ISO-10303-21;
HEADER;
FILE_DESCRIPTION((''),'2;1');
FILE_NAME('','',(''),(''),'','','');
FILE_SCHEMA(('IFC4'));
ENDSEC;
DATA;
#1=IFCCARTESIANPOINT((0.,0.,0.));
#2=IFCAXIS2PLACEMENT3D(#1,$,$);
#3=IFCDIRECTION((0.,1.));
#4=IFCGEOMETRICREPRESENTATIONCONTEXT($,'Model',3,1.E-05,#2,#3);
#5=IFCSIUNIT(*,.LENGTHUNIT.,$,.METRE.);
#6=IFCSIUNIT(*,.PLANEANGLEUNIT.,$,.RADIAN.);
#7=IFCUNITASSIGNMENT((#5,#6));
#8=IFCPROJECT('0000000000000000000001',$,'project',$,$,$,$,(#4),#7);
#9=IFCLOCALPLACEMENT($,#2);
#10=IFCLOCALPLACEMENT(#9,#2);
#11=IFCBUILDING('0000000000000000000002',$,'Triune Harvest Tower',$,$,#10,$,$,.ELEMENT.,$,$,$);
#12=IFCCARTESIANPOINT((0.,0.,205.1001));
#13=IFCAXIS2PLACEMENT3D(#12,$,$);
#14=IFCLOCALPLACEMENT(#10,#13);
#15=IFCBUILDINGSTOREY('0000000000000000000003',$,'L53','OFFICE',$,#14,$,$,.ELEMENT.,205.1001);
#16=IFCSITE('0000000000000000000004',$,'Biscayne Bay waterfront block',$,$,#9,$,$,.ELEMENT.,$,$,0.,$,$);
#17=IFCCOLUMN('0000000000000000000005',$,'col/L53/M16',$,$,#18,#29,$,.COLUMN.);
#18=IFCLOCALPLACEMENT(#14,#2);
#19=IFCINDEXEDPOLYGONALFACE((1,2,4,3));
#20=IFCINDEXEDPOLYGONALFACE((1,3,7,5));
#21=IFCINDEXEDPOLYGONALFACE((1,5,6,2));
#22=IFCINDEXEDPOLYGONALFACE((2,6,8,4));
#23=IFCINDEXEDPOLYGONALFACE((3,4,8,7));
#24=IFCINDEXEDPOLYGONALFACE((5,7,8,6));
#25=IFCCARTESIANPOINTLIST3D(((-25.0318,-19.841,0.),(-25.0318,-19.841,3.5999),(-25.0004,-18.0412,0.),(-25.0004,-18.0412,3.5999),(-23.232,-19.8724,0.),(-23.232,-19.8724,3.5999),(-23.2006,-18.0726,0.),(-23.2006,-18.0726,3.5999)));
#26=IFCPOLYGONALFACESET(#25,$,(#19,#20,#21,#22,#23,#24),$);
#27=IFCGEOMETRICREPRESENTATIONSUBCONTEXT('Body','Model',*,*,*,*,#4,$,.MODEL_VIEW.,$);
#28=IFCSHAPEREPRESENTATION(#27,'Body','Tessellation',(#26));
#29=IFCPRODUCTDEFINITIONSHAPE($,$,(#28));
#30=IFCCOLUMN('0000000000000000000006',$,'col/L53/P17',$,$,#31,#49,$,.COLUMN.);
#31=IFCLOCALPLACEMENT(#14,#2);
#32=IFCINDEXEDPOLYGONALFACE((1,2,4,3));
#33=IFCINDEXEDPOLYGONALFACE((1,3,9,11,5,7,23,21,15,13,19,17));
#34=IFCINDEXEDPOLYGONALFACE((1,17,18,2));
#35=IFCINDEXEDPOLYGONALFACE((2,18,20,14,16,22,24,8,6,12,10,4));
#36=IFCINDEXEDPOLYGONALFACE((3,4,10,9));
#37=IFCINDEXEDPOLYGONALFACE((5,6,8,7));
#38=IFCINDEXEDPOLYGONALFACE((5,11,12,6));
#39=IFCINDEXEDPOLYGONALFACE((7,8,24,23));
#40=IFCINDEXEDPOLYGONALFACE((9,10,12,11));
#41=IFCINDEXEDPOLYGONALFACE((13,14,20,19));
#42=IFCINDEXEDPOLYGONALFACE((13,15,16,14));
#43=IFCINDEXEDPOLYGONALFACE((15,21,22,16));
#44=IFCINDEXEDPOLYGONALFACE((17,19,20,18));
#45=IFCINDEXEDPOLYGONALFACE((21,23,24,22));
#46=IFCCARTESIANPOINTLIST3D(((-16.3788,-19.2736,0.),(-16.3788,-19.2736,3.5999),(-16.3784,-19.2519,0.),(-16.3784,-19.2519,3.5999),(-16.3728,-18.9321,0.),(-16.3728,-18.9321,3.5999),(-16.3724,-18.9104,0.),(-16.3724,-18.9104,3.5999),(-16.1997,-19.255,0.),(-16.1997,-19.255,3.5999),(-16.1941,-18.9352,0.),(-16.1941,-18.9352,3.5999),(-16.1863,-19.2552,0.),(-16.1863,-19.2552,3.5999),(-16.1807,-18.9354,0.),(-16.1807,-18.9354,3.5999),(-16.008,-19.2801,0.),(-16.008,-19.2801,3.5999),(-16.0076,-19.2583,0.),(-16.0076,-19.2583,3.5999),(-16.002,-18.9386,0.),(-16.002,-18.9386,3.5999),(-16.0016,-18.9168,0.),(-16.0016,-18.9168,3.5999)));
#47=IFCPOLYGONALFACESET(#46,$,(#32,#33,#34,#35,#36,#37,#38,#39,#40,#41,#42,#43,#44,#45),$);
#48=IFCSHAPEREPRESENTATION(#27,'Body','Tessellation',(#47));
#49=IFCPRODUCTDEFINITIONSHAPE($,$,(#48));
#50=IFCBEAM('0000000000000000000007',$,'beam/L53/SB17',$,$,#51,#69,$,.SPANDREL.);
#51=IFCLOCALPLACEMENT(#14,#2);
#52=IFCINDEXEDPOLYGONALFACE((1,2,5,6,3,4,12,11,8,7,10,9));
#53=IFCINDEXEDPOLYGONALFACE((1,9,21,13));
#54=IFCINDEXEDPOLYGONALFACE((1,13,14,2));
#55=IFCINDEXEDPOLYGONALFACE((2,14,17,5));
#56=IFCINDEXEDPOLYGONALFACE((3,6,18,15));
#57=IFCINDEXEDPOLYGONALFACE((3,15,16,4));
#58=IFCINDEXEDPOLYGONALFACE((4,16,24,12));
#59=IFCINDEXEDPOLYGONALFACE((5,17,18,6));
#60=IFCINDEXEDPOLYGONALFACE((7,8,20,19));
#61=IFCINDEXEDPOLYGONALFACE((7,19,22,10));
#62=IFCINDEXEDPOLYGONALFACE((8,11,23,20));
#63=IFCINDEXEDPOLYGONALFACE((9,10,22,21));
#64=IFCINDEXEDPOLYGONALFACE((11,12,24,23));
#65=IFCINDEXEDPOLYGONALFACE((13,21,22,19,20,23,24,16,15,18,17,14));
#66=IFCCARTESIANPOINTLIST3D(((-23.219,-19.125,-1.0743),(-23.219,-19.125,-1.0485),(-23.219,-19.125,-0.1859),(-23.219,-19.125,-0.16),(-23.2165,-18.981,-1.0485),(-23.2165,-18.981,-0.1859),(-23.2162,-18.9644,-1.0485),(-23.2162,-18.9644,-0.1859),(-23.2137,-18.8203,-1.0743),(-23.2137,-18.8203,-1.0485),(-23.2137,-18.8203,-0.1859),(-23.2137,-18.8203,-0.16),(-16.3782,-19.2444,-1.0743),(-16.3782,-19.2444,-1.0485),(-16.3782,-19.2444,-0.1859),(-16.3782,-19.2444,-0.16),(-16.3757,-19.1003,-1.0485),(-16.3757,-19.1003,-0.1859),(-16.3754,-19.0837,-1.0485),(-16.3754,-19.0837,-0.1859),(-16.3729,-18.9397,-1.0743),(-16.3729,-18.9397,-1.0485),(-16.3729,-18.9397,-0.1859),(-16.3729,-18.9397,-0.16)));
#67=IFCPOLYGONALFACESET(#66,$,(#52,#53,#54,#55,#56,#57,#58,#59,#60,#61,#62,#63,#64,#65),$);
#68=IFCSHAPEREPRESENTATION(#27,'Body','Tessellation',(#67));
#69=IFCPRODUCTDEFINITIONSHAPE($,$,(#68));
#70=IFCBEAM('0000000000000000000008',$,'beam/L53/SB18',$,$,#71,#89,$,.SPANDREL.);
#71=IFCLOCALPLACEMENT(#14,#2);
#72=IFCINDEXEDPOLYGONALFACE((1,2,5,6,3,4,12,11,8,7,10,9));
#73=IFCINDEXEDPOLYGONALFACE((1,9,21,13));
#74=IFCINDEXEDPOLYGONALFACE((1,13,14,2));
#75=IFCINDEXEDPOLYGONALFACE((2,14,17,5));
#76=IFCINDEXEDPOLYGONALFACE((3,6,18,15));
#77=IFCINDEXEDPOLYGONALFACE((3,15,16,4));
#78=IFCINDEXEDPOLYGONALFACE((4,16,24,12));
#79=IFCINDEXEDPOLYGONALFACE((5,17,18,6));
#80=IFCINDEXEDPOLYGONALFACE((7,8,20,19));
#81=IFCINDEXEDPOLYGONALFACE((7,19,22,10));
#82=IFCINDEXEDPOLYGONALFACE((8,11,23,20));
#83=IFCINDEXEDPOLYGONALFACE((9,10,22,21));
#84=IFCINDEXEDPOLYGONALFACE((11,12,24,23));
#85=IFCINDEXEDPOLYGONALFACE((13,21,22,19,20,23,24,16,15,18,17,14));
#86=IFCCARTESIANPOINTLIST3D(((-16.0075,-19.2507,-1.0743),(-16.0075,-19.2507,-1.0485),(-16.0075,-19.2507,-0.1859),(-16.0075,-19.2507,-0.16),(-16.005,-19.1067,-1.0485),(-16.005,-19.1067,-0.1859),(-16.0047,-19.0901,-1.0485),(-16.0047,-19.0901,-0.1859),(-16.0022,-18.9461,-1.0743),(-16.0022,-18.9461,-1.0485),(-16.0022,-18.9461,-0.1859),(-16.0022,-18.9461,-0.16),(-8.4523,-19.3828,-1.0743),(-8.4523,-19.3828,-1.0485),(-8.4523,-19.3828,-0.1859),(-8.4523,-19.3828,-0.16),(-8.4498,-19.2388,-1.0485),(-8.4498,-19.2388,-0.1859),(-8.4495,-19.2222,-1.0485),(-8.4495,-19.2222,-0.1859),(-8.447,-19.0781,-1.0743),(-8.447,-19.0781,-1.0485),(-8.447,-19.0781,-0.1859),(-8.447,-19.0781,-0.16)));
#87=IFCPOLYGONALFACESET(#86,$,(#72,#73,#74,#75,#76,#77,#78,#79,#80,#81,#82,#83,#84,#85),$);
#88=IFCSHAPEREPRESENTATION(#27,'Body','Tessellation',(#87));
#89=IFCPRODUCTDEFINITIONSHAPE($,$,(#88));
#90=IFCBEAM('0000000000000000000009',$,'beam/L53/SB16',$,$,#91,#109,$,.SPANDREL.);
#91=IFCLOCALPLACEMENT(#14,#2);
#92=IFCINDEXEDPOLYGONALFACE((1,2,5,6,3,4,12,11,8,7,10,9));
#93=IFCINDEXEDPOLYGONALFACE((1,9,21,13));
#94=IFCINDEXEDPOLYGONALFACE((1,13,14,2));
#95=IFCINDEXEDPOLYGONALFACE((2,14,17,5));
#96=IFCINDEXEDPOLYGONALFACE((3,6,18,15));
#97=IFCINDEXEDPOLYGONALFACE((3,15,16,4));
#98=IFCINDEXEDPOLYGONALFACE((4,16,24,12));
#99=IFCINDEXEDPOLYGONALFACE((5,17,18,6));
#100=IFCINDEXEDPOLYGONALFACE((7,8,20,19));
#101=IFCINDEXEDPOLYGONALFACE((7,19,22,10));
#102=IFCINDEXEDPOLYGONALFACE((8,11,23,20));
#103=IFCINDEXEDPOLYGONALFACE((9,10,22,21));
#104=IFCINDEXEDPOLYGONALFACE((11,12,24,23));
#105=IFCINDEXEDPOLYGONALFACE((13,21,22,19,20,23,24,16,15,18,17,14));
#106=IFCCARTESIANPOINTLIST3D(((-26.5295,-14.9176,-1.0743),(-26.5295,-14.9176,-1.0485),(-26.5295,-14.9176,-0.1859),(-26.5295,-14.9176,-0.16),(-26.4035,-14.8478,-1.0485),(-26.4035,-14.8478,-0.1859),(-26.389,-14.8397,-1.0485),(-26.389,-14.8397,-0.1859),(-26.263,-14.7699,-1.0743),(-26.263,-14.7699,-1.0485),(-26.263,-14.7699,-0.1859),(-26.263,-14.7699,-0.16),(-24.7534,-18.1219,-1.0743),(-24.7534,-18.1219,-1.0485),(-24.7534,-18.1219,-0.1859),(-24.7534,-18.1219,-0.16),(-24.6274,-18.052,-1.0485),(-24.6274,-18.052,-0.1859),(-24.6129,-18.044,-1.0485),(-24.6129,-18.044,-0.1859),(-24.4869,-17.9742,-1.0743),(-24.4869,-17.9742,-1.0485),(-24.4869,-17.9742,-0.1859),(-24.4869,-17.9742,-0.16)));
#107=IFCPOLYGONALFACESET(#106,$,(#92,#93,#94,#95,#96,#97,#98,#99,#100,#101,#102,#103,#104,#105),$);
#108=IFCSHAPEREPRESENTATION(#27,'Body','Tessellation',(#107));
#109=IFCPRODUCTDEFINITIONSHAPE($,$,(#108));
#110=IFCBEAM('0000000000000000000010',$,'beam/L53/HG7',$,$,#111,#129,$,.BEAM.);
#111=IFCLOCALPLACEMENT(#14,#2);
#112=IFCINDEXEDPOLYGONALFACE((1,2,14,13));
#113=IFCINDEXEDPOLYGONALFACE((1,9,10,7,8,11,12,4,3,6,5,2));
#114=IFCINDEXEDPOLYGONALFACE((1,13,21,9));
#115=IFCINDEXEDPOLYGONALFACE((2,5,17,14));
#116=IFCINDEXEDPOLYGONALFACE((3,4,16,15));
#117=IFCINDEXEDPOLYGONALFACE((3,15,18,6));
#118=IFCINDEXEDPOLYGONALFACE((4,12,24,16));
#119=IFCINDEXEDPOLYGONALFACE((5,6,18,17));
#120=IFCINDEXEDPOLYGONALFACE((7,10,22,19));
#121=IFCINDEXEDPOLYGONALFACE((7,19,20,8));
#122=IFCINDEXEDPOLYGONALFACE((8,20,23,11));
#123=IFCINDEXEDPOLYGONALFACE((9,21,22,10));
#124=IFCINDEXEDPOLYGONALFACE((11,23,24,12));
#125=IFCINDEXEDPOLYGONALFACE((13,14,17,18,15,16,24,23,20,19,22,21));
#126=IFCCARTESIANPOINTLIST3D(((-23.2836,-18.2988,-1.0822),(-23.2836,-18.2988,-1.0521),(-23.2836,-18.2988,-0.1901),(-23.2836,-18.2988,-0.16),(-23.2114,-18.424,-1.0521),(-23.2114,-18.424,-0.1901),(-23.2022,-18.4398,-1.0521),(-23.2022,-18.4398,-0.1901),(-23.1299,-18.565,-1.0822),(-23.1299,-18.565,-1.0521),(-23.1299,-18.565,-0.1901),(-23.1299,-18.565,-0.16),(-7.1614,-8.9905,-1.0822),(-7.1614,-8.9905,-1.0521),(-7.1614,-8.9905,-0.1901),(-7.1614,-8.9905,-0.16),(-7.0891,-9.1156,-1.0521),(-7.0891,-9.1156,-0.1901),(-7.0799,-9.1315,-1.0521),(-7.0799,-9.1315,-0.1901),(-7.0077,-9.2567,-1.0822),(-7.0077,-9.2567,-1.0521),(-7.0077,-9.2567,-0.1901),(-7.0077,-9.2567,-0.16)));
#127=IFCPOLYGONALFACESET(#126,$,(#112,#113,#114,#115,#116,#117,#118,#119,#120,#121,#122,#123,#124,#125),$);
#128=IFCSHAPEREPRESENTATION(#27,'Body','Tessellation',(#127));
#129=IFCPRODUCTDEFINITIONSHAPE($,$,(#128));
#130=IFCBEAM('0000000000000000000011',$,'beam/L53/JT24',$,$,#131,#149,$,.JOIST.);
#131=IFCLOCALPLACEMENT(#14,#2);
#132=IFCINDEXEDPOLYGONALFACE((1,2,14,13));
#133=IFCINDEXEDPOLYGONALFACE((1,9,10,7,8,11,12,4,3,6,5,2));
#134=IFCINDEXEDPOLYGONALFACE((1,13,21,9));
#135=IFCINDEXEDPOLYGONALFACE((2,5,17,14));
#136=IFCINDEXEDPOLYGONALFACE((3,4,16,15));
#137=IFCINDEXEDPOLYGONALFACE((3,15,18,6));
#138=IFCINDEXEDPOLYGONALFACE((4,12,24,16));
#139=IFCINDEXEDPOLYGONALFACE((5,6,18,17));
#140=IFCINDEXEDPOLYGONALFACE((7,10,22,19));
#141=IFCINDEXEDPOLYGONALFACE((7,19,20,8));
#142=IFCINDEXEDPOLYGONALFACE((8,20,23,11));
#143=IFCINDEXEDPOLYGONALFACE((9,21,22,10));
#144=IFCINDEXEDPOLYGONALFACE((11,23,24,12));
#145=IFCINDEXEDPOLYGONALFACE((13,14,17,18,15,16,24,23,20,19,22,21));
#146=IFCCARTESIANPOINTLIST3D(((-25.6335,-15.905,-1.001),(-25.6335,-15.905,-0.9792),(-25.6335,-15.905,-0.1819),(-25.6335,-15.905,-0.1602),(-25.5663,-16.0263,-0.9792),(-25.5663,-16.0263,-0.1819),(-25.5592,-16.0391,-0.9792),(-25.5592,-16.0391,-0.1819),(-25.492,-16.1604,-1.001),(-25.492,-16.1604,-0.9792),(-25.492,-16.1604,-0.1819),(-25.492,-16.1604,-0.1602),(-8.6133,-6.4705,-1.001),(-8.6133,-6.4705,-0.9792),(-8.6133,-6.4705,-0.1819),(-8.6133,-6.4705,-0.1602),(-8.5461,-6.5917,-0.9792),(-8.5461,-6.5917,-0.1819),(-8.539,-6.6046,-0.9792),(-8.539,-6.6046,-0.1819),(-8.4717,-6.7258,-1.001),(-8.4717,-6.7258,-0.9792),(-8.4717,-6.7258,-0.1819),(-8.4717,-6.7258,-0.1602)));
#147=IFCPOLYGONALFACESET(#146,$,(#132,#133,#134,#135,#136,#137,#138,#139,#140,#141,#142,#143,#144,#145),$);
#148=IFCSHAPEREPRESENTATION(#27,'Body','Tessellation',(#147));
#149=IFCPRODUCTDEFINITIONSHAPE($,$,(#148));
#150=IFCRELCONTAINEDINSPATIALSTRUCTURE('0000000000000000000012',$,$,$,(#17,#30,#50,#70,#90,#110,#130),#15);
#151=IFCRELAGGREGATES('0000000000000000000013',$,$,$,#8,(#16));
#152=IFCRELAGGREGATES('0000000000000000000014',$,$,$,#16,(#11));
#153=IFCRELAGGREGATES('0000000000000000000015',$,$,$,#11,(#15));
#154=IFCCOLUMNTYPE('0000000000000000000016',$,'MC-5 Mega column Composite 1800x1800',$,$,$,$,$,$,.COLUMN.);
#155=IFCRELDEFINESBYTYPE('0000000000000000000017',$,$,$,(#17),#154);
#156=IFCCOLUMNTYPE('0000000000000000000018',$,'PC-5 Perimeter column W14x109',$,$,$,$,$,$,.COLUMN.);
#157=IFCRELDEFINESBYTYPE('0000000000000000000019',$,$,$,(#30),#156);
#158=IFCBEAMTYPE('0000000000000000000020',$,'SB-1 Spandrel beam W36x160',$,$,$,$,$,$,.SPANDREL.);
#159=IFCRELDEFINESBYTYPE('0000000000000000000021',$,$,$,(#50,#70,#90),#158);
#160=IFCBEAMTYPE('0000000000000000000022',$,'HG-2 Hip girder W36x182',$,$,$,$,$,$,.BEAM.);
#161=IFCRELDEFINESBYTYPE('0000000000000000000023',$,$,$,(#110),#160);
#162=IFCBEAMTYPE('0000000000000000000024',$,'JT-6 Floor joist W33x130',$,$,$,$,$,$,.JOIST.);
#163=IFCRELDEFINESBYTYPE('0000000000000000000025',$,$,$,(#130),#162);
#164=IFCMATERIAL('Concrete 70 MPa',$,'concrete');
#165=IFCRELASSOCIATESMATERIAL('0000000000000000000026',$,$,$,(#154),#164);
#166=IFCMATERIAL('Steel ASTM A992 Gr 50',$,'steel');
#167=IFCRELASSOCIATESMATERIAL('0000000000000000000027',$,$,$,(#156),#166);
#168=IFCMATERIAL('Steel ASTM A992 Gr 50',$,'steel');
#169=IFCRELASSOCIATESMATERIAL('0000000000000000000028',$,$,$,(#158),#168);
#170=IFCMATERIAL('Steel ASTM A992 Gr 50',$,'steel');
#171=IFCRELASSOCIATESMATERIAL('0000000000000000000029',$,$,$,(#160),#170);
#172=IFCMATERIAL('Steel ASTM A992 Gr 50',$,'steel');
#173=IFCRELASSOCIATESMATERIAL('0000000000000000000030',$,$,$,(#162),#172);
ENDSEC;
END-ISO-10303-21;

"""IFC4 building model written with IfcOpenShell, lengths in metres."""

from ifc_helpers import new_model, si_unit, direction, frame, origin, origin_2d, place, context, subcontext, project, spatial, rectangle, i_section, extrude, source, transform, mapped, material, material_profile, profile_set, type_object, element, save


model = new_model("IFC4")

# Units and contexts
model_context = context("Model", 3, precision=1e-05, world=origin(), true_north=direction((0.0, 1.0)))
body_context = subcontext(model_context, "Body", "Model", "MODEL_VIEW")
ifc_project = project(units=[si_unit("LENGTHUNIT", "METRE"), si_unit("PLANEANGLEUNIT", "RADIAN")], contexts=[model_context])

# Site, building, storey
site_placement = place(None, origin())
site = spatial("IfcSite", under=ifc_project, at=site_placement, Name="Biscayne Bay waterfront block", CompositionType="ELEMENT", RefElevation=0.0)
building_placement = place(site_placement, origin())
building = spatial("IfcBuilding", under=site, at=building_placement, Name="Triune Harvest Tower", CompositionType="ELEMENT")
storey_placement = place(building_placement, frame((0.0, 0.0, 205.1001)))
storey = spatial("IfcBuildingStorey", under=building, at=storey_placement, Name="L53", Description="OFFICE", CompositionType="ELEMENT", Elevation=205.1001)

# Columns
ifc_material_1 = material(Name="Concrete 70 MPa", Category="concrete")
ifc_material_profile_1 = material_profile(ifc_material_1, rectangle(XDim=1.8, YDim=1.8, at=origin_2d()), Name="Composite 1800x1800")
ifc_profile_set_1 = profile_set([ifc_material_profile_1], Name="Concrete 70 MPa")
column_type_1 = type_object("IfcColumnType", Name="MC-5 Mega column Composite 1800x1800", PredefinedType="COLUMN", material=ifc_profile_set_1)
shared_shape_1 = source(origin(), body_context, "Body", "SweptSolid", [
    extrude(rectangle(XDim=1.8, YDim=1.8, at=origin_2d()), origin(), (0.0, 0.0, 1.0), 3.5999),
])
column_1_placement = place(storey_placement, frame((-24.1162, -18.9568, 0.0), z_axis=(0.0, 0.0, 1.0), x_axis=(0.999848, -0.017452, 0.0)))
element("IfcColumn", 1, at=column_1_placement, inside=storey, type_object=column_type_1, Name="col/L53/M16", PredefinedType="COLUMN", context=body_context, shape_type="MappedRepresentation", body=[
    mapped(shared_shape_1, transform((0.0, 0.0, 0.0), scale=1.0)),
])
ifc_material_2 = material(Name="Steel ASTM A992 Gr 50", Category="steel")
ifc_material_profile_2 = material_profile(ifc_material_2, i_section(OverallWidth=0.3708, OverallDepth=0.3633, WebThickness=0.0134, FlangeThickness=0.0217, at=origin_2d()), Name="W14x109")
ifc_profile_set_2 = profile_set([ifc_material_profile_2], Name="Steel ASTM A992 Gr 50")
column_type_2 = type_object("IfcColumnType", Name="PC-5 Perimeter column W14x109", PredefinedType="COLUMN", material=ifc_profile_set_2)
shared_shape_2 = source(origin(), body_context, "Body", "SweptSolid", [
    extrude(i_section(OverallWidth=0.3708, OverallDepth=0.3633, WebThickness=0.0134, FlangeThickness=0.0217, at=origin_2d()), origin(), (0.0, 0.0, 1.0), 3.5999),
])
column_2_placement = place(storey_placement, frame((-16.1902, -19.0952, 0.0), z_axis=(0.0, 0.0, 1.0), x_axis=(0.999848, -0.017452, 0.0)))
element("IfcColumn", 2, at=column_2_placement, inside=storey, type_object=column_type_2, Name="col/L53/P17", PredefinedType="COLUMN", context=body_context, shape_type="MappedRepresentation", body=[
    mapped(shared_shape_2, transform((0.0, 0.0, 0.0), scale=1.0)),
])

# Beams
ifc_material_3 = material(Name="Steel ASTM A992 Gr 50", Category="steel")
ifc_material_profile_3 = material_profile(ifc_material_3, i_section(OverallWidth=0.3047, OverallDepth=0.9143, WebThickness=0.0166, FlangeThickness=0.0259, at=origin_2d()), Name="W36x160")
ifc_profile_set_3 = profile_set([ifc_material_profile_3], Name="Steel ASTM A992 Gr 50")
beam_type_1 = type_object("IfcBeamType", Name="SB-1 Spandrel beam W36x160", PredefinedType="SPANDREL", material=ifc_profile_set_3)
shared_shape_3 = source(origin(), body_context, "Body", "SweptSolid", [
    extrude(i_section(OverallWidth=0.3047, OverallDepth=0.9143, WebThickness=0.0166, FlangeThickness=0.0259, at=origin_2d()), origin(), (0.0, 0.0, 1.0), 6.8418),
])
beam_1_placement = place(storey_placement, frame((-23.2163, -18.9727, -0.6172), z_axis=(0.999848, -0.017449, 0.0), x_axis=(0.017449, 0.999848, 0.0)))
element("IfcBeam", 3, at=beam_1_placement, inside=storey, type_object=beam_type_1, Name="beam/L53/SB17", PredefinedType="SPANDREL", context=body_context, shape_type="MappedRepresentation", body=[
    mapped(shared_shape_3, transform((0.0, 0.0, 0.0), scale=1.0)),
])
shared_shape_4 = source(origin(), body_context, "Body", "SweptSolid", [
    extrude(i_section(OverallWidth=0.3047, OverallDepth=0.9143, WebThickness=0.0166, FlangeThickness=0.0259, at=origin_2d()), origin(), (0.0, 0.0, 1.0), 7.5564),
])
beam_2_placement = place(storey_placement, frame((-16.0049, -19.0984, -0.6172), z_axis=(0.999847, -0.017479, 0.0), x_axis=(0.017479, 0.999847, 0.0)))
element("IfcBeam", 4, at=beam_2_placement, inside=storey, type_object=beam_type_1, Name="beam/L53/SB18", PredefinedType="SPANDREL", context=body_context, shape_type="MappedRepresentation", body=[
    mapped(shared_shape_4, transform((0.0, 0.0, 0.0), scale=1.0)),
])
shared_shape_5 = source(origin(), body_context, "Body", "SweptSolid", [
    extrude(i_section(OverallWidth=0.3047, OverallDepth=0.9143, WebThickness=0.0166, FlangeThickness=0.0259, at=origin_2d()), origin(), (0.0, 0.0, 1.0), 3.6636),
])
beam_3_placement = place(storey_placement, frame((-26.3962, -14.8438, -0.6172), z_axis=(0.484794, -0.874628, 0.0), x_axis=(0.874628, 0.484794, 0.0)))
element("IfcBeam", 5, at=beam_3_placement, inside=storey, type_object=beam_type_1, Name="beam/L53/SB16", PredefinedType="SPANDREL", context=body_context, shape_type="MappedRepresentation", body=[
    mapped(shared_shape_5, transform((0.0, 0.0, 0.0), scale=1.0)),
])
ifc_material_4 = material(Name="Steel ASTM A992 Gr 50", Category="steel")
ifc_material_profile_4 = material_profile(ifc_material_4, i_section(OverallWidth=0.3074, OverallDepth=0.9221, WebThickness=0.0183, FlangeThickness=0.03, at=origin_2d()), Name="W36x182")
ifc_profile_set_4 = profile_set([ifc_material_profile_4], Name="Steel ASTM A992 Gr 50")
beam_type_2 = type_object("IfcBeamType", Name="HG-2 Hip girder W36x182", PredefinedType="BEAM", material=ifc_profile_set_4)
shared_shape_6 = source(origin(), body_context, "Body", "SweptSolid", [
    extrude(i_section(OverallWidth=0.3074, OverallDepth=0.9221, WebThickness=0.0183, FlangeThickness=0.03, at=origin_2d()), origin(), (0.0, 0.0, 1.0), 18.6165),
])
beam_4_placement = place(storey_placement, frame((-23.2068, -18.4319, -0.6211), z_axis=(0.866022, 0.500005, 0.0), x_axis=(-0.500005, 0.866022, 0.0)))
element("IfcBeam", 6, at=beam_4_placement, inside=storey, type_object=beam_type_2, Name="beam/L53/HG7", PredefinedType="BEAM", context=body_context, shape_type="MappedRepresentation", body=[
    mapped(shared_shape_6, transform((0.0, 0.0, 0.0), scale=1.0)),
])
ifc_material_5 = material(Name="Steel ASTM A992 Gr 50", Category="steel")
ifc_material_profile_5 = material_profile(ifc_material_5, i_section(OverallWidth=0.292, OverallDepth=0.8408, WebThickness=0.0146, FlangeThickness=0.0217, at=origin_2d()), Name="W33x130")
ifc_profile_set_5 = profile_set([ifc_material_profile_5], Name="Steel ASTM A992 Gr 50")
beam_type_3 = type_object("IfcBeamType", Name="JT-6 Floor joist W33x130", PredefinedType="JOIST", material=ifc_profile_set_5)
shared_shape_7 = source(origin(), body_context, "Body", "SweptSolid", [
    extrude(i_section(OverallWidth=0.292, OverallDepth=0.8408, WebThickness=0.0146, FlangeThickness=0.0217, at=origin_2d()), origin(), (0.0, 0.0, 1.0), 19.4602),
])
beam_5_placement = place(storey_placement, frame((-25.5627, -16.0327, -0.5806), z_axis=(0.874618, 0.484813, 0.0), x_axis=(-0.484813, 0.874618, 0.0)))
element("IfcBeam", 7, at=beam_5_placement, inside=storey, type_object=beam_type_3, Name="beam/L53/JT24", PredefinedType="JOIST", context=body_context, shape_type="MappedRepresentation", body=[
    mapped(shared_shape_7, transform((0.0, 0.0, 0.0), scale=1.0)),
])

save(model, "model.ifc")
